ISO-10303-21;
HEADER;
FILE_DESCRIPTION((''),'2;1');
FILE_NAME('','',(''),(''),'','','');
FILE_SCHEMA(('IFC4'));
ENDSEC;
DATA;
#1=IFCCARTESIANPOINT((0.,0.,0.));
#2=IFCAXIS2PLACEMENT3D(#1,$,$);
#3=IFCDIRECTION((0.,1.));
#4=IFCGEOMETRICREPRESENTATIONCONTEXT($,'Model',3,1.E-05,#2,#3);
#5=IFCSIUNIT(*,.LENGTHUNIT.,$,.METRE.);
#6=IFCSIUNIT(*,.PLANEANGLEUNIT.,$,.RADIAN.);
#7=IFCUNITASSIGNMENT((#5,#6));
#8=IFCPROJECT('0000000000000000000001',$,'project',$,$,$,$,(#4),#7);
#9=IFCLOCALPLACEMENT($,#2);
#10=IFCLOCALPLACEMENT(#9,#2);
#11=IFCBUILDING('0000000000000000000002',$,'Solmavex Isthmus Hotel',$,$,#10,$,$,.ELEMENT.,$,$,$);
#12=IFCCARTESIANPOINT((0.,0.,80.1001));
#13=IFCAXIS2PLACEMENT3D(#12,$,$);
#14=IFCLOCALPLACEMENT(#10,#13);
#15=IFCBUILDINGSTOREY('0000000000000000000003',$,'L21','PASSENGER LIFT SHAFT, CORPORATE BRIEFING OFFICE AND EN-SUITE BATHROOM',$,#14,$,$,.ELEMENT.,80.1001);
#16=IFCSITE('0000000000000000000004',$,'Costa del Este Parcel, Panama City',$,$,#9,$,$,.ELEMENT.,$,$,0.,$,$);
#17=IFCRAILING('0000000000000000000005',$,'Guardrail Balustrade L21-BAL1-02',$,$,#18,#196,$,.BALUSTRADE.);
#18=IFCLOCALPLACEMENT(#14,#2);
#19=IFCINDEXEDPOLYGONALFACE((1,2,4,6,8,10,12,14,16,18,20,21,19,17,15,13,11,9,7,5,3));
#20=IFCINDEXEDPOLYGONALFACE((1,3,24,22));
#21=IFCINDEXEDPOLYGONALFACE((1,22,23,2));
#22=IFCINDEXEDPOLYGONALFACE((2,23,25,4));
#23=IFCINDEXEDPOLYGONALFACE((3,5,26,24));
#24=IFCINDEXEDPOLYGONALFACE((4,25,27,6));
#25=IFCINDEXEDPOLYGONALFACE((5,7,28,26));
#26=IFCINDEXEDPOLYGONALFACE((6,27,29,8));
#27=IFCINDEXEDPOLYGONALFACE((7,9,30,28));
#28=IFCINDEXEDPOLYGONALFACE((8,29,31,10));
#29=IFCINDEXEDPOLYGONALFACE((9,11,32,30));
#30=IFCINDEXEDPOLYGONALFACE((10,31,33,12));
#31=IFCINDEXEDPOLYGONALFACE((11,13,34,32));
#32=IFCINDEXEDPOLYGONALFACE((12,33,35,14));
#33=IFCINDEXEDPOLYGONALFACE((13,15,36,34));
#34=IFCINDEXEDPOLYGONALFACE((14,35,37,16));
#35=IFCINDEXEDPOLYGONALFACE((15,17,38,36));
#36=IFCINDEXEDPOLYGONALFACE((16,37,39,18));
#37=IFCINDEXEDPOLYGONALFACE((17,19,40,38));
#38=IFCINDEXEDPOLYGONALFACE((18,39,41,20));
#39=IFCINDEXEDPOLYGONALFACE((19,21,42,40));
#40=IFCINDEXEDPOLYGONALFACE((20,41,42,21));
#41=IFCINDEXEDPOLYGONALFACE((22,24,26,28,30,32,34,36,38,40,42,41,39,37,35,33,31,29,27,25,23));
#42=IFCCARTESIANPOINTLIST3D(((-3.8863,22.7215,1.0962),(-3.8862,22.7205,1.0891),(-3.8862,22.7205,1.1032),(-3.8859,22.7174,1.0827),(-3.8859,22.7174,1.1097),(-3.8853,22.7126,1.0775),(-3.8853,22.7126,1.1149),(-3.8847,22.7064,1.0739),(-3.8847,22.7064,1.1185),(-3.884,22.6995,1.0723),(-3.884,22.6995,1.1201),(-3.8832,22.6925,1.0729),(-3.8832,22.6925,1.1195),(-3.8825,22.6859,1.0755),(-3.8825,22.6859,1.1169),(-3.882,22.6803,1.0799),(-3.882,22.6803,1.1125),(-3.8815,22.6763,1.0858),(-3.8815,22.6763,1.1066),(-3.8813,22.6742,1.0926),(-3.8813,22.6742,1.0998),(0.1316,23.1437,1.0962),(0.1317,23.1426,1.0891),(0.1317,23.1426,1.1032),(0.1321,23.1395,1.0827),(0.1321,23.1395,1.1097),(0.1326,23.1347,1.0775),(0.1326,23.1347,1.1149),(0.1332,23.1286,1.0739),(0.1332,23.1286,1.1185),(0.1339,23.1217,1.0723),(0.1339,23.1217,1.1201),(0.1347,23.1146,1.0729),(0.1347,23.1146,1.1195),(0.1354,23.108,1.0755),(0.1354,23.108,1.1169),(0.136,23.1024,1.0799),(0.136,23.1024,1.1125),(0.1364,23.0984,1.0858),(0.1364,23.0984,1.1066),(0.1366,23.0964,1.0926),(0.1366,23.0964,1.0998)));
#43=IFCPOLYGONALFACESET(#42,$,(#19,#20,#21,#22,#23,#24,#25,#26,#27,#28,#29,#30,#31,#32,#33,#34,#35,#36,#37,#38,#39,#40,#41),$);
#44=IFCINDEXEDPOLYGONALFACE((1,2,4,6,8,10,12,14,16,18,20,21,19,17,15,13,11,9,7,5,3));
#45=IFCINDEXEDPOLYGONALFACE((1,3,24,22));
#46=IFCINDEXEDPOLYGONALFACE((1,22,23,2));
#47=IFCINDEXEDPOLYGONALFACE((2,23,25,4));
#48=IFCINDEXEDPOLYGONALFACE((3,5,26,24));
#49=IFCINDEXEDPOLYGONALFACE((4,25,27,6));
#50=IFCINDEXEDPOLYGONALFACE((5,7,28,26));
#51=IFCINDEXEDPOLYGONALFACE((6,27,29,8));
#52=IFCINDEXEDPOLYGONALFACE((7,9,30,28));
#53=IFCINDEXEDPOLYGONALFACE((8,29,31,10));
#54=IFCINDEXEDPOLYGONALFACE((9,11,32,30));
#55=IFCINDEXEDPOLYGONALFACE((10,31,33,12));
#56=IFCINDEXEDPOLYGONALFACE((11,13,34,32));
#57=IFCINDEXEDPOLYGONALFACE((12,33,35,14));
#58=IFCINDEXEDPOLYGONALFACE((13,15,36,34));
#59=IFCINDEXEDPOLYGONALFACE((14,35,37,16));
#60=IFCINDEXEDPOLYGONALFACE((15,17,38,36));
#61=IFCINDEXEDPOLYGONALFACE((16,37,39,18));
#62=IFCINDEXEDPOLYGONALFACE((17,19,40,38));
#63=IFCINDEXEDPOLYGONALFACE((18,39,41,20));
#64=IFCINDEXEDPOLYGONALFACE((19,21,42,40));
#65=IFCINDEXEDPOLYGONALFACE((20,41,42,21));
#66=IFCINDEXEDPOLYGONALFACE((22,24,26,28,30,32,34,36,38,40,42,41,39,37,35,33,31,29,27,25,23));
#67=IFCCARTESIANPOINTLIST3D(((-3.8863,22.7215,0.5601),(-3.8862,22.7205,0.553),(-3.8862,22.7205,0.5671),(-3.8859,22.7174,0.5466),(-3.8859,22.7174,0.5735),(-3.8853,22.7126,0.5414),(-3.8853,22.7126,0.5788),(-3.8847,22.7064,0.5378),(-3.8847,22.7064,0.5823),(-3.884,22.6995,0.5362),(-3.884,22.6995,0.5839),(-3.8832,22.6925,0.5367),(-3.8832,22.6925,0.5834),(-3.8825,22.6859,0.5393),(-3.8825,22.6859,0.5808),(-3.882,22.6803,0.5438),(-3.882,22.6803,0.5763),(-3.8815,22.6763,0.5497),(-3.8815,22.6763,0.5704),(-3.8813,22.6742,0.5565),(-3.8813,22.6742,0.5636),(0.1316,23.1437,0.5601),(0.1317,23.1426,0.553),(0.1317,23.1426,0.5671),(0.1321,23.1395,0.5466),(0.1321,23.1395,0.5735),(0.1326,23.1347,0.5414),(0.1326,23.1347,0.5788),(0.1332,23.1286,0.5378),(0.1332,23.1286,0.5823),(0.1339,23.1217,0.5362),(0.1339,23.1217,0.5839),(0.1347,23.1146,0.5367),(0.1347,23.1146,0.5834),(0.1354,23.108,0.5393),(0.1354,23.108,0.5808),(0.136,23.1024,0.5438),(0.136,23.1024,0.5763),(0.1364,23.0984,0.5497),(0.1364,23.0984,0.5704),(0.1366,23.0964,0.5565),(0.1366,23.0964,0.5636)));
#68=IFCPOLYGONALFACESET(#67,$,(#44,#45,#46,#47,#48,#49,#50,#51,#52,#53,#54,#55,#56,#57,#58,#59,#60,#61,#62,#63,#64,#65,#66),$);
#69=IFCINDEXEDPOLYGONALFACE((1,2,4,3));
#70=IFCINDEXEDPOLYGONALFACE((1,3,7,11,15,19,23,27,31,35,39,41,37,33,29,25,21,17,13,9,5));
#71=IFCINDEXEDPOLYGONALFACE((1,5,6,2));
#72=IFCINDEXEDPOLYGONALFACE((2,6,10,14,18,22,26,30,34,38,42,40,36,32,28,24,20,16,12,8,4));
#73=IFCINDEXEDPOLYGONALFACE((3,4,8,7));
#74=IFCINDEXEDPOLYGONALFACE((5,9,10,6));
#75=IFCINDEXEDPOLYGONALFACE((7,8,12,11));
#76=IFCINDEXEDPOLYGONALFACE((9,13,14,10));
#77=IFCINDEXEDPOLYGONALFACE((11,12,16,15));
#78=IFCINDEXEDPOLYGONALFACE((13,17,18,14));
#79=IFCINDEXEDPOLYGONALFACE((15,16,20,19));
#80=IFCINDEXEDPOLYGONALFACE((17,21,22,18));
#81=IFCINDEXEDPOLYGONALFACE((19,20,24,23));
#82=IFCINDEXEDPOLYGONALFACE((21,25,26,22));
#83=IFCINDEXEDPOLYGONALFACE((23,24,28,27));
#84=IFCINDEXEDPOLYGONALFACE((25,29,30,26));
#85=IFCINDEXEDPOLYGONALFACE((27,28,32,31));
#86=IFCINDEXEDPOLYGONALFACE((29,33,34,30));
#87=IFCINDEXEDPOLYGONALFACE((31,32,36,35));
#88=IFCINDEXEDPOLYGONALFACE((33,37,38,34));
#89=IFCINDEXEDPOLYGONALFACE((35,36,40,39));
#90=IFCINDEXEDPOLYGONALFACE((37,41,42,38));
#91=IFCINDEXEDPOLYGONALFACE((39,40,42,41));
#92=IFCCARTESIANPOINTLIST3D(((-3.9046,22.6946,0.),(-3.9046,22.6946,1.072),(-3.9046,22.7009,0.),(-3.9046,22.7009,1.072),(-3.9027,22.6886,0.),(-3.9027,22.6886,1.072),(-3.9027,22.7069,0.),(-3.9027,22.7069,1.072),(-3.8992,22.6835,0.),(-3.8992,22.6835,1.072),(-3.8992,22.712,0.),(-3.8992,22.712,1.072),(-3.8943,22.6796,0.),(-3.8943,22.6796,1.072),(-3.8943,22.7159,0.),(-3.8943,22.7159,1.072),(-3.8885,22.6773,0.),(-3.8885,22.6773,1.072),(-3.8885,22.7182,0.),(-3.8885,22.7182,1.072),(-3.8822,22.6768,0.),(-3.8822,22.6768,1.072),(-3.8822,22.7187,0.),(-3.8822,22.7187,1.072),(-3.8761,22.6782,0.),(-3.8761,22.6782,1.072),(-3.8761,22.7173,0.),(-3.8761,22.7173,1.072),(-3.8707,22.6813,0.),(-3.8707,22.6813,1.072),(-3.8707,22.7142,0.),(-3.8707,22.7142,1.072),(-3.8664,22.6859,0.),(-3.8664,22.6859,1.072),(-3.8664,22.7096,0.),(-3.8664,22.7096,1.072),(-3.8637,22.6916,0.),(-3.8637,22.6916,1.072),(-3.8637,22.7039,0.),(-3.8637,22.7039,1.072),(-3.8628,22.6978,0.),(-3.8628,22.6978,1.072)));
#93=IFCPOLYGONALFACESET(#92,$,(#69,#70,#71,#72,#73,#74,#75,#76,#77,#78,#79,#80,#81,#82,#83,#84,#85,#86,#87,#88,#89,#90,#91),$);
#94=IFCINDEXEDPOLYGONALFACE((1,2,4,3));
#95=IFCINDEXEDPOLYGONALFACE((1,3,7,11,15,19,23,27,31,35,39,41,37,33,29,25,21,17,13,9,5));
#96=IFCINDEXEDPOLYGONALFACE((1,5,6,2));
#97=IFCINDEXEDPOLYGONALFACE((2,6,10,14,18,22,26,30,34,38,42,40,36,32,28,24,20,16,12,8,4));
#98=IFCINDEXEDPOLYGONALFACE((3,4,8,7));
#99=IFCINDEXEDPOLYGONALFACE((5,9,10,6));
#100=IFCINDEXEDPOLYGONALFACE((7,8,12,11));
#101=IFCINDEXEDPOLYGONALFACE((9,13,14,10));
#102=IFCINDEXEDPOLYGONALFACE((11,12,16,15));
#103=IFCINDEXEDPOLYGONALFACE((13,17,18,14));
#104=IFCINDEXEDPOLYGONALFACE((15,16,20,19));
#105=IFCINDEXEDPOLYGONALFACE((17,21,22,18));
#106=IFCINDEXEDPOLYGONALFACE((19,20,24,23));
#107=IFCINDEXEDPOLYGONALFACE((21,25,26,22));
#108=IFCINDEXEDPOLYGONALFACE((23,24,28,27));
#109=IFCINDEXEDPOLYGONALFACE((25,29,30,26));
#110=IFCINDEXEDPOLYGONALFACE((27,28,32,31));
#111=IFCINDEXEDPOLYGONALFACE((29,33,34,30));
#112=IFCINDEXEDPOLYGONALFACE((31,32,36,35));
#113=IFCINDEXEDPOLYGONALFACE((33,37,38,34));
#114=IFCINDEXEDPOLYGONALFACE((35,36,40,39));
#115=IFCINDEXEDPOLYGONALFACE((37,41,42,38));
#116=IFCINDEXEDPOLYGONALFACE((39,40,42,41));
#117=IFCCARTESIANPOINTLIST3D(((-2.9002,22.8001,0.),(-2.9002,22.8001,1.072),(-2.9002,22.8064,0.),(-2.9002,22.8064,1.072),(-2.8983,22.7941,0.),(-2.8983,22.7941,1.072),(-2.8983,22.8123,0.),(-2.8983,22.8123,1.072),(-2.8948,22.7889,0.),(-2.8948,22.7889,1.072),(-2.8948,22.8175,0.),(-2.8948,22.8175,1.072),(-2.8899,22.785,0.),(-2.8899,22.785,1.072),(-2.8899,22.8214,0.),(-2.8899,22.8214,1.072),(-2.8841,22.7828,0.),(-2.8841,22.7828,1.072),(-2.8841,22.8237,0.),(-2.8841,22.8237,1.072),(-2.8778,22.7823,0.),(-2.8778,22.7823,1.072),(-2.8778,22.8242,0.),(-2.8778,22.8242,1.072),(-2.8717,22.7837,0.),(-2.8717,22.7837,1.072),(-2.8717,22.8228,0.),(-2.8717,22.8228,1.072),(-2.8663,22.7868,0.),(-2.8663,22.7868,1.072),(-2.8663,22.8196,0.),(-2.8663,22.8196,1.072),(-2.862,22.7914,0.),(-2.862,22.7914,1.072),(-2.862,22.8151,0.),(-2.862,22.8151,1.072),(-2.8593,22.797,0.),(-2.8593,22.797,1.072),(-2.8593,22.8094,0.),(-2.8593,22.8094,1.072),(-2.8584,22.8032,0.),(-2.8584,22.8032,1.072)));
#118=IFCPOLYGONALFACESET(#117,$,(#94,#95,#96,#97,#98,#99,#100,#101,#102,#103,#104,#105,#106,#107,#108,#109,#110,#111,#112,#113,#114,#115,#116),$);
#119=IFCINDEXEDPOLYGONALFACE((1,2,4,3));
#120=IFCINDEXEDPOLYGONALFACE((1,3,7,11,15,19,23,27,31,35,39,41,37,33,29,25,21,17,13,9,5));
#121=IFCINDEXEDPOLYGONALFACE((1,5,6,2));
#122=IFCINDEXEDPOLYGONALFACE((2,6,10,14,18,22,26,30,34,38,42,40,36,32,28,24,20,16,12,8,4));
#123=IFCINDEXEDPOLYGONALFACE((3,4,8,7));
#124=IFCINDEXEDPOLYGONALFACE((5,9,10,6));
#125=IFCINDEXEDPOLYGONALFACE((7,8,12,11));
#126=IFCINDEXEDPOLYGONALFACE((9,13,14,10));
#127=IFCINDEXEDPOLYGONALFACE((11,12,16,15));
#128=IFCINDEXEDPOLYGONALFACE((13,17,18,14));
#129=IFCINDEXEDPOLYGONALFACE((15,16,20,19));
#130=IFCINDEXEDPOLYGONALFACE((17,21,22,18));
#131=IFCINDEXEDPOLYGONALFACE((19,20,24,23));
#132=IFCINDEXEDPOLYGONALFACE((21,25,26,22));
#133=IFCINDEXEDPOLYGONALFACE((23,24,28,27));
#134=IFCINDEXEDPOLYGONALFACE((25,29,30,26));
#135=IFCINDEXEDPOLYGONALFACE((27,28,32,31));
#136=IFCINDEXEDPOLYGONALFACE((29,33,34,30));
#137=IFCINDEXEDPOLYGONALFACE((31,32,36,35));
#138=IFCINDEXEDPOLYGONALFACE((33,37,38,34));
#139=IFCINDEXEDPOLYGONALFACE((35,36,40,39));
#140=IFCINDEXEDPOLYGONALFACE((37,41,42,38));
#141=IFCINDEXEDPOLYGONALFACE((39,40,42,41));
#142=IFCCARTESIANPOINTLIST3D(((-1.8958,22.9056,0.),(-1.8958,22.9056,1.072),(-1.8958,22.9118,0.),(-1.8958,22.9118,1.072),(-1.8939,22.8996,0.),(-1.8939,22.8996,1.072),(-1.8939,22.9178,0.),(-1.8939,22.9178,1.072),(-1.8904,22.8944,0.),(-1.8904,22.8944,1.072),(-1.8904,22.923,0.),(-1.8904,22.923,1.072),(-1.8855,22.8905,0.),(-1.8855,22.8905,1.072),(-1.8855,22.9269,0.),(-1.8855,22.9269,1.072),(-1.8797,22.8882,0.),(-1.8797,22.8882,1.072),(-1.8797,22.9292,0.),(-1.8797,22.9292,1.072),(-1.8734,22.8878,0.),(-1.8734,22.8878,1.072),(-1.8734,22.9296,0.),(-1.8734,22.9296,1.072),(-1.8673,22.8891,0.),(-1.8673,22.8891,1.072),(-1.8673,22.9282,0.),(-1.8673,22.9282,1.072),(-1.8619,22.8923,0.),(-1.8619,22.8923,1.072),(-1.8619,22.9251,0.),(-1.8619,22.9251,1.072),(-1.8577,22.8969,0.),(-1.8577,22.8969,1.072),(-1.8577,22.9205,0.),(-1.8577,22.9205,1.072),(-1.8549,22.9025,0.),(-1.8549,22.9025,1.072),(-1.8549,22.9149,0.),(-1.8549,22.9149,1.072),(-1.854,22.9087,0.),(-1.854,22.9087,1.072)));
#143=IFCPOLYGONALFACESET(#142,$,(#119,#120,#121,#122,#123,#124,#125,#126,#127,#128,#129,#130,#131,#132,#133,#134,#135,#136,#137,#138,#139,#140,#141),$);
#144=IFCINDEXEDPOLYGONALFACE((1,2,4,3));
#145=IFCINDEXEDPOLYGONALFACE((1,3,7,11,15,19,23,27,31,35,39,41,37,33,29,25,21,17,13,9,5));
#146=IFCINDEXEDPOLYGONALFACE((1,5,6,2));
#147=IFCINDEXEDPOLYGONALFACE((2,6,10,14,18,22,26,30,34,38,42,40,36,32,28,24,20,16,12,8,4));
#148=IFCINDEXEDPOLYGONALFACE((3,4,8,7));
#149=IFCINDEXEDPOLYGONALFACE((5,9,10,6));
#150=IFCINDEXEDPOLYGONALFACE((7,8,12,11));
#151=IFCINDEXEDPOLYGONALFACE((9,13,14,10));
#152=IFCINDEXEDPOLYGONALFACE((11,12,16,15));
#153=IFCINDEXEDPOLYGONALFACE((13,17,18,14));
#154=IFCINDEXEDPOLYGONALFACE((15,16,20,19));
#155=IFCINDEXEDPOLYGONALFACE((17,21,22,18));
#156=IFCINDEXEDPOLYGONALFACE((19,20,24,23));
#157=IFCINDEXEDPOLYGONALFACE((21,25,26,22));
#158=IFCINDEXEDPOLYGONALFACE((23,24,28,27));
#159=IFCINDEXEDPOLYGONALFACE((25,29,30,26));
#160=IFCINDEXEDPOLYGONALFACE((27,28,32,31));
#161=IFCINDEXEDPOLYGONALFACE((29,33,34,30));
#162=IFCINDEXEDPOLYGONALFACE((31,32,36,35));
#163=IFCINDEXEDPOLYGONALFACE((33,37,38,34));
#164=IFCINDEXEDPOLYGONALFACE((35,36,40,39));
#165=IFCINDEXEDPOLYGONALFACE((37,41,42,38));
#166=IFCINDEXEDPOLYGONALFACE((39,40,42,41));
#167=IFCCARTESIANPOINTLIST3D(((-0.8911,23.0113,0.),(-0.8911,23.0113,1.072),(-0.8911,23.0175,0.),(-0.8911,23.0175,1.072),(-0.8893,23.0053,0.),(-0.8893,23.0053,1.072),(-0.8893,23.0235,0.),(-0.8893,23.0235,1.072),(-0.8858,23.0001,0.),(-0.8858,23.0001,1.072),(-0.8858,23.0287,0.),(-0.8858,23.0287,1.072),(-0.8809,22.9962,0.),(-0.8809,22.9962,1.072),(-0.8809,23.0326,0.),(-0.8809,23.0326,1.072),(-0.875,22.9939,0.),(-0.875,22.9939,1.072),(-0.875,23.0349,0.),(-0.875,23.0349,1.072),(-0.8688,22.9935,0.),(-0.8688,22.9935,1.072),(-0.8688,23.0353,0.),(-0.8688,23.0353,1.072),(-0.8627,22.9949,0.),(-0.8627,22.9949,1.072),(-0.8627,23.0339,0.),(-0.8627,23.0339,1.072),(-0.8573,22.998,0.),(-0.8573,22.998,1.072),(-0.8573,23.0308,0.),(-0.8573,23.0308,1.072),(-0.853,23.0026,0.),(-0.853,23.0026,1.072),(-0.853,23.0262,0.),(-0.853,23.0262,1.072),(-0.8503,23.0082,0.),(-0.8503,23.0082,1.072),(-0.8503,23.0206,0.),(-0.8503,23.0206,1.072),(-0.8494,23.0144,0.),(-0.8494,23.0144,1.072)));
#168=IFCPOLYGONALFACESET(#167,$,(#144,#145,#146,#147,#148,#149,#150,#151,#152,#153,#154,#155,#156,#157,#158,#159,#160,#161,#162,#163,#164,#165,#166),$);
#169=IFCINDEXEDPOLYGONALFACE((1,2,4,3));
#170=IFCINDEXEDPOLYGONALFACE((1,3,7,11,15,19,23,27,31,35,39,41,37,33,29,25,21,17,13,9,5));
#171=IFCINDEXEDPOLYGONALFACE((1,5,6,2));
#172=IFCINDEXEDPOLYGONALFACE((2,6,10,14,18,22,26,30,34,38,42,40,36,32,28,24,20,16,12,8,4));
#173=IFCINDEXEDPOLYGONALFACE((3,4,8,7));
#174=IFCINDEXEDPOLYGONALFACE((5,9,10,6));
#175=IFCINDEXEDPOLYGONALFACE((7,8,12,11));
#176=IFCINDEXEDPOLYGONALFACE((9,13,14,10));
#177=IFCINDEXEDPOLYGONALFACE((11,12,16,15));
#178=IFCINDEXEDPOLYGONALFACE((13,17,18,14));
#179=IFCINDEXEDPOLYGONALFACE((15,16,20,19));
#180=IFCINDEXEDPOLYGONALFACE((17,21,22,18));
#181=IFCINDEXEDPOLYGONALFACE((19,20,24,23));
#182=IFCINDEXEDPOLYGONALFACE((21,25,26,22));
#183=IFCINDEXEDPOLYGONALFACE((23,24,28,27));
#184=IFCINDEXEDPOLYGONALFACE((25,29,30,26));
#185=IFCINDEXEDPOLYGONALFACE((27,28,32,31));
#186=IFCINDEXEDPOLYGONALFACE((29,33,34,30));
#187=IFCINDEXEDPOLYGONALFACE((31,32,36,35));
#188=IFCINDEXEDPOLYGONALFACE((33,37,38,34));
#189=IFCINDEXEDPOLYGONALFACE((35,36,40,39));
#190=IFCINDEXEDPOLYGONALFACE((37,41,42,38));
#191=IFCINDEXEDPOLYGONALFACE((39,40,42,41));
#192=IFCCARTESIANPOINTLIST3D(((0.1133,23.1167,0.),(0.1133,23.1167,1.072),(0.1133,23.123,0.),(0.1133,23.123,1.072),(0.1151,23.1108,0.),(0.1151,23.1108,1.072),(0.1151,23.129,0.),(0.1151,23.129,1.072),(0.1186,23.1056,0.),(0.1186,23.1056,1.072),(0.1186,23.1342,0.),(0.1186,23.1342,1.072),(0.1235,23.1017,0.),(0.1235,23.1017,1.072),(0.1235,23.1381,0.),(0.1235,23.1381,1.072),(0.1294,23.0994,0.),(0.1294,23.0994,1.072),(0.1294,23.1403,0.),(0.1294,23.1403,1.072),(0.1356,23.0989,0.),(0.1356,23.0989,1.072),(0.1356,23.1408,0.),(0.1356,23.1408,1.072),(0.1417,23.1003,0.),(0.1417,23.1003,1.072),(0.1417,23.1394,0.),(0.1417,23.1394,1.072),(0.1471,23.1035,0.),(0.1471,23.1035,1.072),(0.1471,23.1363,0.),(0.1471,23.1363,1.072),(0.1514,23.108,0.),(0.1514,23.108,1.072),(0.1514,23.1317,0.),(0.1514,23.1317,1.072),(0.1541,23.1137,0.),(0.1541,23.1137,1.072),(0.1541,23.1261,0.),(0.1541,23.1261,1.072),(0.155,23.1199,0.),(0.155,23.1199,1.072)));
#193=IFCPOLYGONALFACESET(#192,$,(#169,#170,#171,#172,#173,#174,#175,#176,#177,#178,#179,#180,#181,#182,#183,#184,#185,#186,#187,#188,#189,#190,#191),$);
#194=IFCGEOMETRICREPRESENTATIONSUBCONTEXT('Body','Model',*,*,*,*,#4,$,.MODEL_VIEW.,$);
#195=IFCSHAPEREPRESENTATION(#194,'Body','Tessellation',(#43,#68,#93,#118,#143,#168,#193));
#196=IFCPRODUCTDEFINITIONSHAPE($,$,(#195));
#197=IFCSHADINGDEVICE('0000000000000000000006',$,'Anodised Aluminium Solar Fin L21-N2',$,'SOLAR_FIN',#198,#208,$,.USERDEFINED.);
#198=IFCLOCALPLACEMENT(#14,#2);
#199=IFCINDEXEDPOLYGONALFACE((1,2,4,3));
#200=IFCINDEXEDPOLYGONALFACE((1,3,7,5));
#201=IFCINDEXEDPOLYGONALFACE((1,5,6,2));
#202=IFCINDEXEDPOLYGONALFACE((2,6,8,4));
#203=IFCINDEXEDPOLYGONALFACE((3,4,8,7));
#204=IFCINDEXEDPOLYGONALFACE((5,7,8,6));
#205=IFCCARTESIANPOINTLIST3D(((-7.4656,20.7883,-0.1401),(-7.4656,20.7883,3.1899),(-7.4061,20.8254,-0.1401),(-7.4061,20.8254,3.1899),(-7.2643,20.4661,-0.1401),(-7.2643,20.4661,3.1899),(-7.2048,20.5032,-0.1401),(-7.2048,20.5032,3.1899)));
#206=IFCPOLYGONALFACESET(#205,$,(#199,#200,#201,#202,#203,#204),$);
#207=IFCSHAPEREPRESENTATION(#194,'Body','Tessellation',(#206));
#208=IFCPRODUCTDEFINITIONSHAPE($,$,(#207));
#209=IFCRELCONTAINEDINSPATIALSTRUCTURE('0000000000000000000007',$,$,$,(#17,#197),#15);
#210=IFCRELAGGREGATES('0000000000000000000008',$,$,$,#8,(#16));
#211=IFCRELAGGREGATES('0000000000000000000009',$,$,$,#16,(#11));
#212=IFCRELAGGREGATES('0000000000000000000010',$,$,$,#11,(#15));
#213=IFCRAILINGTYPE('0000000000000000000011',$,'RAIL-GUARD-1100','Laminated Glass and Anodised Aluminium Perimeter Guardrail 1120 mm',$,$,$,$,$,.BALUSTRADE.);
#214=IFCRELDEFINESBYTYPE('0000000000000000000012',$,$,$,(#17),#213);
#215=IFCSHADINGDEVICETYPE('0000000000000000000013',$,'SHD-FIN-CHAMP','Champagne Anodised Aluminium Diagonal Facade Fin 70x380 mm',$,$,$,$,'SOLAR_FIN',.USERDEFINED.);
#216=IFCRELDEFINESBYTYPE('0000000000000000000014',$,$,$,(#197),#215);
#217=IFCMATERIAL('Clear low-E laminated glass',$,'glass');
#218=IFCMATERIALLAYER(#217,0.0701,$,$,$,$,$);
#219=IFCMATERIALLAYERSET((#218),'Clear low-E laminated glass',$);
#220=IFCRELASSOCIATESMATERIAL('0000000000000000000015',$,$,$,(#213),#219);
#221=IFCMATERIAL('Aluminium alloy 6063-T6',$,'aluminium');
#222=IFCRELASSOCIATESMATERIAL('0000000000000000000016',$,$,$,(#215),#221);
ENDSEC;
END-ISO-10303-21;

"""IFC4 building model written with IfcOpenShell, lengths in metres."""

from ifc_helpers import new_model, si_unit, direction, frame, origin, origin_2d, place, context, subcontext, project, spatial, rectangle, circle, extrude, material, layer, layer_set, type_object, element, save


model = new_model("IFC4")

# Units and contexts
model_context = context("Model", 3, precision=1e-05, world=origin(), true_north=direction((0.0, 1.0)))
body_context = subcontext(model_context, "Body", "Model", "MODEL_VIEW")
ifc_project = project(units=[si_unit("LENGTHUNIT", "METRE"), si_unit("PLANEANGLEUNIT", "RADIAN")], contexts=[model_context])

# Site, building, storey
site_placement = place(None, origin())
site = spatial("IfcSite", under=ifc_project, at=site_placement, Name="Costa del Este Parcel, Panama City", CompositionType="ELEMENT", RefElevation=0.0)
building_placement = place(site_placement, origin())
building = spatial("IfcBuilding", under=site, at=building_placement, Name="Solmavex Isthmus Hotel", CompositionType="ELEMENT")
storey_placement = place(building_placement, frame((0.0, 0.0, 80.1001)))
storey = spatial("IfcBuildingStorey", under=building, at=storey_placement, Name="L21", Description="PASSENGER LIFT SHAFT, CORPORATE BRIEFING OFFICE AND EN-SUITE BATHROOM", CompositionType="ELEMENT", Elevation=80.1001)

# Shared definitions
ifc_material_1 = material(Name="Aluminium alloy 6063-T6", Category="aluminium")

# Shared definitions
ifc_material_2 = material(Name="Clear low-E laminated glass", Category="glass")

# Railing
ifc_layer_1 = layer(ifc_material_2, 0.0701)
ifc_layer_set_1 = layer_set([ifc_layer_1], Name="Clear low-E laminated glass")
railing_type = type_object("IfcRailingType", Name="RAIL-GUARD-1100", Description="Laminated Glass and Anodised Aluminium Perimeter Guardrail 1120 mm", PredefinedType="BALUSTRADE", material=ifc_layer_set_1)
railing_1_placement = place(storey_placement, frame((-3.8838, 22.6978, 0.0)))
element("IfcRailing", 1, at=railing_1_placement, inside=storey, type_object=railing_type, Name="Guardrail Balustrade L21-BAL1-02", PredefinedType="BALUSTRADE", context=body_context, shape_type="SweptSolid", body=[
    extrude(circle(Radius=0.0239, at=origin_2d()), frame((0.0, 0.0, 1.0962), z_axis=(0.994526, 0.104487, 0.0), x_axis=(-0.104487, 0.994526, 0.0)), (0.0, 0.0, 1.0), 4.04),
    extrude(circle(Radius=0.0239, at=origin_2d()), frame((0.0, 0.0, 0.5601), z_axis=(0.994526, 0.104487, 0.0), x_axis=(-0.104487, 0.994526, 0.0)), (0.0, 0.0, 1.0), 4.04),
    extrude(circle(Radius=0.021, at=origin_2d()), origin(), (0.0, 0.0, 1.0), 1.072),
    extrude(circle(Radius=0.021, at=origin_2d()), frame((1.0044, 0.1055, 0.0)), (0.0, 0.0, 1.0), 1.072),
    extrude(circle(Radius=0.021, at=origin_2d()), frame((2.0088, 0.2109, 0.0)), (0.0, 0.0, 1.0), 1.072),
    extrude(circle(Radius=0.021, at=origin_2d()), frame((3.0134, 0.3167, 0.0)), (0.0, 0.0, 1.0), 1.072),
    extrude(circle(Radius=0.021, at=origin_2d()), frame((4.0178, 0.4221, 0.0)), (0.0, 0.0, 1.0), 1.072),
])

# Shading device
shading_device_type = type_object("IfcShadingDeviceType", Name="SHD-FIN-CHAMP", Description="Champagne Anodised Aluminium Diagonal Facade Fin 70x380 mm", ElementType="SOLAR_FIN", PredefinedType="USERDEFINED", material=ifc_material_1)
shading_device_placement = place(storey_placement, frame((-7.3352, 20.6458, -0.1401), z_axis=(0.0, 0.0, 1.0), x_axis=(-0.529919, 0.848048, 0.0)))
element("IfcShadingDevice", 2, at=shading_device_placement, inside=storey, type_object=shading_device_type, Name="Anodised Aluminium Solar Fin L21-N2", ObjectType="SOLAR_FIN", PredefinedType="USERDEFINED", context=body_context, shape_type="SweptSolid", body=[
    extrude(rectangle(XDim=0.3799, YDim=0.0701, at=origin_2d()), origin(), (0.0, 0.0, 1.0), 3.3301),
])

save(model, "model.ifc")
